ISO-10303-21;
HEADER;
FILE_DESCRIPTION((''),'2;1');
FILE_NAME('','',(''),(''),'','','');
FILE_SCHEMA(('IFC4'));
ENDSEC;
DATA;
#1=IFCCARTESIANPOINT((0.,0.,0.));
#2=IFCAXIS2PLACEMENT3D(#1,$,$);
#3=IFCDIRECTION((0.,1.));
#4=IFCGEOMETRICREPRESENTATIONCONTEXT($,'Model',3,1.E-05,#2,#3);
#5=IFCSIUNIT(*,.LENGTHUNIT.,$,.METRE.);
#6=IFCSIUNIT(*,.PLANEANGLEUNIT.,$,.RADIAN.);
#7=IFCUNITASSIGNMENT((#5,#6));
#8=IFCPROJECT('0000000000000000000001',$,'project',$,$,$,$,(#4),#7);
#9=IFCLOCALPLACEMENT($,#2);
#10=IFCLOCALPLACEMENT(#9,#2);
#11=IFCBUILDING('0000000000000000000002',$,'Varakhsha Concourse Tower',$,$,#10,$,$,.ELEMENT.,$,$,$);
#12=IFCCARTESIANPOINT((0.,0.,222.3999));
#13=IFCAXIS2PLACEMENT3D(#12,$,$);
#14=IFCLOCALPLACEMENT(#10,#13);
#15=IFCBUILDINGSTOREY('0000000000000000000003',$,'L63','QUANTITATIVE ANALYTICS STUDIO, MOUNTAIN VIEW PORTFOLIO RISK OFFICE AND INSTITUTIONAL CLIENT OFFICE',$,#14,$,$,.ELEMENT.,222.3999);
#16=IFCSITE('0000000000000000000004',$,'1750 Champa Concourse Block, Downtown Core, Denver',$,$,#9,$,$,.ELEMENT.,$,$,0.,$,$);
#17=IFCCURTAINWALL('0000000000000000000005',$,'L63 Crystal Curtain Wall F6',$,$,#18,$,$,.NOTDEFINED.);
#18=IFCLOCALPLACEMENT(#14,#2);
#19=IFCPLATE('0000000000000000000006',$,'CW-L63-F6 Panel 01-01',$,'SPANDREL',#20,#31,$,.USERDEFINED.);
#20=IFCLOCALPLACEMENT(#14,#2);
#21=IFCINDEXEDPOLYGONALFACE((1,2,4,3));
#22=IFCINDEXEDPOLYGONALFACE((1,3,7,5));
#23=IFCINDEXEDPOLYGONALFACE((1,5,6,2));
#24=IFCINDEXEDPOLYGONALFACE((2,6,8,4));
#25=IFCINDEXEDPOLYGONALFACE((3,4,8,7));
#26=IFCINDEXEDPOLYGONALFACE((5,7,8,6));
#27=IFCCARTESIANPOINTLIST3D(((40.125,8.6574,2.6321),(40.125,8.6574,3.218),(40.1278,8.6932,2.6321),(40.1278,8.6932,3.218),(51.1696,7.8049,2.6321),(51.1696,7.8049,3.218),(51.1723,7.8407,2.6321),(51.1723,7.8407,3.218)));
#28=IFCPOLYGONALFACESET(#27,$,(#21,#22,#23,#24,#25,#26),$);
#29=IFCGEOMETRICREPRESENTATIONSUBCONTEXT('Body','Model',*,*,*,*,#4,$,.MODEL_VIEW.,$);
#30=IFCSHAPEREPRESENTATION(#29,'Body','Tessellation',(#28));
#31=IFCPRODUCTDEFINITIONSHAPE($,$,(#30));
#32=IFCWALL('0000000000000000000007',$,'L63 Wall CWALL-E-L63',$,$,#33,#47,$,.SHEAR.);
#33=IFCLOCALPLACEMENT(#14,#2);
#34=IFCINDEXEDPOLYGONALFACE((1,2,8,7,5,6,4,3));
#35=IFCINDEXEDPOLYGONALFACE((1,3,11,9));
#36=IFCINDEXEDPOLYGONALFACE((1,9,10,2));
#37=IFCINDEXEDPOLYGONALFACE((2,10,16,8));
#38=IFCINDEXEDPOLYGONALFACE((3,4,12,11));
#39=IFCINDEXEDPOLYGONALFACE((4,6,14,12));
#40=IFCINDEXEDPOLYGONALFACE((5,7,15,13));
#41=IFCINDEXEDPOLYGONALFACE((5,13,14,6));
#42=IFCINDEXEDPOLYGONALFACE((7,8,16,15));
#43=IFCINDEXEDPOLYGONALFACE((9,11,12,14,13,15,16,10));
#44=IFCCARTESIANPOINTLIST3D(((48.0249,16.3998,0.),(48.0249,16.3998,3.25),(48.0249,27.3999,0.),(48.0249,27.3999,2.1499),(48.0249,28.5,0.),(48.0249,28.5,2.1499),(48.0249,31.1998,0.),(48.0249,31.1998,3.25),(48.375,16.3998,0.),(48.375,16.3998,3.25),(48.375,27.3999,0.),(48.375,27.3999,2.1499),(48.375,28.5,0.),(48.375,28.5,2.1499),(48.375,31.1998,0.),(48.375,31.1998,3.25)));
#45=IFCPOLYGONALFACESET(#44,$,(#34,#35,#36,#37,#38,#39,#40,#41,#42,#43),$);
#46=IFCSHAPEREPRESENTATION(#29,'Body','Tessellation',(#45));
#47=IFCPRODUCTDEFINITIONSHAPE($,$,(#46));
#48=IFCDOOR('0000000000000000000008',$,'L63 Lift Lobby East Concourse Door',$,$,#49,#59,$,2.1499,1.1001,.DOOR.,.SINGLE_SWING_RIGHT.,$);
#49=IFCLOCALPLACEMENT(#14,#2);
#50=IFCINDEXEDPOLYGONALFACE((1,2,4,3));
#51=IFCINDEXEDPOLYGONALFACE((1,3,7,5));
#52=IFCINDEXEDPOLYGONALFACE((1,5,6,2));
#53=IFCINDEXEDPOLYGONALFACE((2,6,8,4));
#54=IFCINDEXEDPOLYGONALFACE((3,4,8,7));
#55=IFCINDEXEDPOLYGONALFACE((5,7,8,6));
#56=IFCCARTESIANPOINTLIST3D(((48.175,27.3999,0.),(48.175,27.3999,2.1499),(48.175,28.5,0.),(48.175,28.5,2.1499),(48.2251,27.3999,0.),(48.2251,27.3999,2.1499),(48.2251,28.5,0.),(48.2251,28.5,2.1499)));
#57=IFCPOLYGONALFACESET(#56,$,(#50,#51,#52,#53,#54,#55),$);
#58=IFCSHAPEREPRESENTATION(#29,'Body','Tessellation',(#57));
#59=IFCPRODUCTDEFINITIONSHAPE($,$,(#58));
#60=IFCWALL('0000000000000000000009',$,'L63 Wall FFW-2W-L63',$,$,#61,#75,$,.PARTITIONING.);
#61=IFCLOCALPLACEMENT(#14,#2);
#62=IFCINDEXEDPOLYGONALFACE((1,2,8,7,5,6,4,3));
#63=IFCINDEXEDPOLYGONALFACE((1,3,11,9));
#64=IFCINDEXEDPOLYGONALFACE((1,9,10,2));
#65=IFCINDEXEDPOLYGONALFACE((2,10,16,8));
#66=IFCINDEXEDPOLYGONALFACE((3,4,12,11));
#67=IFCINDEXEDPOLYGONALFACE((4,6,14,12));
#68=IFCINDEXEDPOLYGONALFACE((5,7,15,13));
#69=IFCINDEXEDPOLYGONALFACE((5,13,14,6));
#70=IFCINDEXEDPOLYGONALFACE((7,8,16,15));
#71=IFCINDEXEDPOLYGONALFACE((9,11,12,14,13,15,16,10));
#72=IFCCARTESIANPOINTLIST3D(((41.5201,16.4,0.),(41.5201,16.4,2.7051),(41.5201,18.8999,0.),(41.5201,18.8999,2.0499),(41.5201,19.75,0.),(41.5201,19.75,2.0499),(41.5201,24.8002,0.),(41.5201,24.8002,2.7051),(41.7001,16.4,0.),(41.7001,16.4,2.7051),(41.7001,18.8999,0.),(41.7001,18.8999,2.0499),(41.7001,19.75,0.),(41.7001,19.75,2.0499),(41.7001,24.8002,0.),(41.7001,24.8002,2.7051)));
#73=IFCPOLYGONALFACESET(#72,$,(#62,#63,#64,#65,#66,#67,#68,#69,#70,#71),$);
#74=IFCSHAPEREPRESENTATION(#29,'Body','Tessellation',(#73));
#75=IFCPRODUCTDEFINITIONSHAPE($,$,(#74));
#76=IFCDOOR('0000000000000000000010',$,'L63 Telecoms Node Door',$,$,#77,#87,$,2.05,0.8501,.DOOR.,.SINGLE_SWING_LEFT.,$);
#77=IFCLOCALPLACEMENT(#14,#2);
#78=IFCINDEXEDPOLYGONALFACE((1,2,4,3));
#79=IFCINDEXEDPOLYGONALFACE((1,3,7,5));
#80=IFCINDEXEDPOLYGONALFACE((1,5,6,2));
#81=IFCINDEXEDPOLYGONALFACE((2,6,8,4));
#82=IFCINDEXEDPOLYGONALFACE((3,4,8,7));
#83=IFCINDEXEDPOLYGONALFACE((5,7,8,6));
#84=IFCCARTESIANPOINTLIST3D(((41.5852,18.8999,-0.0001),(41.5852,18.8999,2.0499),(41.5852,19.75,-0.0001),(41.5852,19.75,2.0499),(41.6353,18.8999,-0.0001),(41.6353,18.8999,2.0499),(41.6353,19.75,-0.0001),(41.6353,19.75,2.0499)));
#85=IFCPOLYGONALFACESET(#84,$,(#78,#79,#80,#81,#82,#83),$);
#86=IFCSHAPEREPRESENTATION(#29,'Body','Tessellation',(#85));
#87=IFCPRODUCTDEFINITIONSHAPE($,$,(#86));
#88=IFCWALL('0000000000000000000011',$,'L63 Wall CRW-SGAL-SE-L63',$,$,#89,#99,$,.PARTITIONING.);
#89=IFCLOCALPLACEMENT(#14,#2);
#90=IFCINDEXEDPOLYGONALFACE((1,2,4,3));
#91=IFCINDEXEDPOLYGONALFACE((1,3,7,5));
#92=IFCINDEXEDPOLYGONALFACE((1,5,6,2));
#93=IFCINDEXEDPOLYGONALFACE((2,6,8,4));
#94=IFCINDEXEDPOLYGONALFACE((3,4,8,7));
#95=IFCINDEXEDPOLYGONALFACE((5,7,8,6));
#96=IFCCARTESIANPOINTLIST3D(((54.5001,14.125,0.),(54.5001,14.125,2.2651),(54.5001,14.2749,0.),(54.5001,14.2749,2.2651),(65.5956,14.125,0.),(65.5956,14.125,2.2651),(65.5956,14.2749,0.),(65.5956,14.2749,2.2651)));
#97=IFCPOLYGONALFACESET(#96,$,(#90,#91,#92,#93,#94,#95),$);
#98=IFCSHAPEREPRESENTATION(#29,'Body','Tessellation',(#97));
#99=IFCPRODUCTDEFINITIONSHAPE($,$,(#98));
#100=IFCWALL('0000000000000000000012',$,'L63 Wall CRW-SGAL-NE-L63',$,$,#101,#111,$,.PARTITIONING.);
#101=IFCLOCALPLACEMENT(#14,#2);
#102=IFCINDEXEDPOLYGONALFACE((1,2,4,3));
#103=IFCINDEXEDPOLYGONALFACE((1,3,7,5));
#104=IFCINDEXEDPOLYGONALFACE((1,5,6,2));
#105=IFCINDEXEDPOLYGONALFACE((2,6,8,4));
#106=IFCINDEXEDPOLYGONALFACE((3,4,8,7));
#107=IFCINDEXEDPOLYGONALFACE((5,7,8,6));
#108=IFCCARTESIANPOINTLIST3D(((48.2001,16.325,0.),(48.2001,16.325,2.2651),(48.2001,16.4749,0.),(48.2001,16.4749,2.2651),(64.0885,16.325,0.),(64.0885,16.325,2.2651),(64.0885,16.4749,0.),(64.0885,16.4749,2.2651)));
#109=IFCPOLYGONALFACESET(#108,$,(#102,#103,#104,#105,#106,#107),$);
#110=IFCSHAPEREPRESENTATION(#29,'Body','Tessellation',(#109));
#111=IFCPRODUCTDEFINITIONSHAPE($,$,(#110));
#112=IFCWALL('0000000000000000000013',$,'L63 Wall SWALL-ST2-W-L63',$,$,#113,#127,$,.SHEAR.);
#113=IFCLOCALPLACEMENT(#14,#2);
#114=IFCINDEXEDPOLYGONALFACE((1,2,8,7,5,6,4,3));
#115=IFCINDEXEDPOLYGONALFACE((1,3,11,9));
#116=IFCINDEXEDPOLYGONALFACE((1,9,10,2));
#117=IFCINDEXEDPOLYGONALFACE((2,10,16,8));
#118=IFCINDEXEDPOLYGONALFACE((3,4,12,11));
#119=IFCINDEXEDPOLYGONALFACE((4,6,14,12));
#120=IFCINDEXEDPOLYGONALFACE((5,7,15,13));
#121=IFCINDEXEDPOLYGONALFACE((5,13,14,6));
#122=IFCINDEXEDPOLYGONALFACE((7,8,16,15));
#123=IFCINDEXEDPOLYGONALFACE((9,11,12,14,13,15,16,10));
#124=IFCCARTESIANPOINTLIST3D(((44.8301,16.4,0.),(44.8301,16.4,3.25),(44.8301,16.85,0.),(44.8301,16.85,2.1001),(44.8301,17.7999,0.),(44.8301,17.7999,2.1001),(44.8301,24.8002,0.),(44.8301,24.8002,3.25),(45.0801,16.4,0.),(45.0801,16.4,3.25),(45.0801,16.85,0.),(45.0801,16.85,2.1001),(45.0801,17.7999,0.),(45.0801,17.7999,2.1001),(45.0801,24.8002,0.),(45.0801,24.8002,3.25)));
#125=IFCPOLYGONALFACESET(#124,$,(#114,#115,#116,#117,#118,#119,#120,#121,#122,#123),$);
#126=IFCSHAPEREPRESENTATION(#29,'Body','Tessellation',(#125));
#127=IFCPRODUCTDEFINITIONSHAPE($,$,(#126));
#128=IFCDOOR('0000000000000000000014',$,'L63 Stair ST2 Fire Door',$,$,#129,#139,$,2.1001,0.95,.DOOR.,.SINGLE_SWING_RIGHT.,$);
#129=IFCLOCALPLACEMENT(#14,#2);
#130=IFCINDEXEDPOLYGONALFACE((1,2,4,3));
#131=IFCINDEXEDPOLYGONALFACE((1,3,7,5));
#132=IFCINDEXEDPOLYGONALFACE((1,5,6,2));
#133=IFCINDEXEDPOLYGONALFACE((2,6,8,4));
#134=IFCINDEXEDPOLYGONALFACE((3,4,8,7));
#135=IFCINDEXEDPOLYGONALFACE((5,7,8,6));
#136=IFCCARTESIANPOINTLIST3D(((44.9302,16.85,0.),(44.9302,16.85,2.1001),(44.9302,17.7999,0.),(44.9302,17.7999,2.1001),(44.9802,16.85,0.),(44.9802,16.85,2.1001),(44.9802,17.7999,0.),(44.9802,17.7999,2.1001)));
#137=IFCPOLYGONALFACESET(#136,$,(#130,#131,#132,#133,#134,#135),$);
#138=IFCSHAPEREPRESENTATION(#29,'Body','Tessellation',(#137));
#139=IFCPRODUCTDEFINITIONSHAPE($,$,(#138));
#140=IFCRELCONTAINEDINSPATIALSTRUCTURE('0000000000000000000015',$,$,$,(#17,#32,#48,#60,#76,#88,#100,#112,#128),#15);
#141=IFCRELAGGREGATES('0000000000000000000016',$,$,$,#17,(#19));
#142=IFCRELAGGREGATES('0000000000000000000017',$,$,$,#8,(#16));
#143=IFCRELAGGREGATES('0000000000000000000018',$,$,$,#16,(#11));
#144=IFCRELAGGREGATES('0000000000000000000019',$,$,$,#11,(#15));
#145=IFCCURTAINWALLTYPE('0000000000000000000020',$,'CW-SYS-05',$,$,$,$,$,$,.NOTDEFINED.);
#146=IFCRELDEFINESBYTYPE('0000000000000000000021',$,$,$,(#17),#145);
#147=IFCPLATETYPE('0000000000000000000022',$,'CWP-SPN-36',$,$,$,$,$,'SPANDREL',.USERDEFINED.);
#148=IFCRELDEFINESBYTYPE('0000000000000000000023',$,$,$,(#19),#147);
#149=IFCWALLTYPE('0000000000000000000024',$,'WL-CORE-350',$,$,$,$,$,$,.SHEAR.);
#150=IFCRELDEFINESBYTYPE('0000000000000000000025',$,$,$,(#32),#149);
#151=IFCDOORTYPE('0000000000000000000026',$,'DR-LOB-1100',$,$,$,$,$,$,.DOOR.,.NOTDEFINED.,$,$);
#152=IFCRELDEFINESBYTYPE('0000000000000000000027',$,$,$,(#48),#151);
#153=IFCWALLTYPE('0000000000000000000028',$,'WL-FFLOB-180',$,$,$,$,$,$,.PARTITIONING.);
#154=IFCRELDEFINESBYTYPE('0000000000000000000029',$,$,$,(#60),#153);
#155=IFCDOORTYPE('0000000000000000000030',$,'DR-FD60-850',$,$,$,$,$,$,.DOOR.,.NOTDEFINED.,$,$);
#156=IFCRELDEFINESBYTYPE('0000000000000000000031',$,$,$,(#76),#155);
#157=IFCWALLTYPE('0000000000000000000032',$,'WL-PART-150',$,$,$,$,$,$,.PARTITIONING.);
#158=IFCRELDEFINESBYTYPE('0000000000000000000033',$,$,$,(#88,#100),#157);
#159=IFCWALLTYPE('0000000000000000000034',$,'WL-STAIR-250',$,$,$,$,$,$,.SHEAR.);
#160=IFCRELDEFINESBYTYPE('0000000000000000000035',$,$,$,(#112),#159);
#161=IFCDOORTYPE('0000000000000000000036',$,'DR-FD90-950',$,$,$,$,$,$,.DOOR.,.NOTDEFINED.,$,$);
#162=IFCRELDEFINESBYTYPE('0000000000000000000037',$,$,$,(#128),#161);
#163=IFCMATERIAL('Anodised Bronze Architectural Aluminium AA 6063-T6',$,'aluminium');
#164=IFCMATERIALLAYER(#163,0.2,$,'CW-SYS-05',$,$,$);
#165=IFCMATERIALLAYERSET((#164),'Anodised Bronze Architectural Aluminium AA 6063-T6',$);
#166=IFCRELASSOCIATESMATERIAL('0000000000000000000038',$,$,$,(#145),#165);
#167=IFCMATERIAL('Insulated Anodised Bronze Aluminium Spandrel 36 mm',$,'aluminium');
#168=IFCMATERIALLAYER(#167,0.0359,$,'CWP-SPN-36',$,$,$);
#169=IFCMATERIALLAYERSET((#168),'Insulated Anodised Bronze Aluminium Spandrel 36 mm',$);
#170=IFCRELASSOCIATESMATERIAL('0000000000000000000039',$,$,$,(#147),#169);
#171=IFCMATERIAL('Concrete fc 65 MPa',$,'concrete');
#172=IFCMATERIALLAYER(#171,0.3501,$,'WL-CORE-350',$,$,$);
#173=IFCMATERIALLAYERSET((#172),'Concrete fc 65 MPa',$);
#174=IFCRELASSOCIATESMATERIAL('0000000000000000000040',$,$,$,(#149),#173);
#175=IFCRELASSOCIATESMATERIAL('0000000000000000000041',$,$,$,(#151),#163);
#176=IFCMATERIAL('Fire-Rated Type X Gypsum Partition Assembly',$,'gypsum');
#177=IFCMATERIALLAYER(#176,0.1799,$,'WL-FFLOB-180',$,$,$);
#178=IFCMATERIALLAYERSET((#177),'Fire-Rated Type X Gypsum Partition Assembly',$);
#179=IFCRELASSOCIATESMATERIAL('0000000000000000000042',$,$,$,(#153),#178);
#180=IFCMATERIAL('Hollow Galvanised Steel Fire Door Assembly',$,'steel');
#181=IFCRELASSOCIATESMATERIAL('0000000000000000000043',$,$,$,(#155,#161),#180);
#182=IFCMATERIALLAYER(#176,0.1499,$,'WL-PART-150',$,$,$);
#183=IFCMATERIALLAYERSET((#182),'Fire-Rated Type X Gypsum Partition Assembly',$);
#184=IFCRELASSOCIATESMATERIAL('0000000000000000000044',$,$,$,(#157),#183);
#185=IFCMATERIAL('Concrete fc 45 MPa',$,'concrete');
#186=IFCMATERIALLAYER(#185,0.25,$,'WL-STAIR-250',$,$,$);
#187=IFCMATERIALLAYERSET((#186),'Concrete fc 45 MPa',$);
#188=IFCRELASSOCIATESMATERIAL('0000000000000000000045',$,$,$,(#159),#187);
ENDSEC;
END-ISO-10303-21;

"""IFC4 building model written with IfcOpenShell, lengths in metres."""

from ifc_helpers import new_model, si_unit, direction, frame, frame_2d, origin, origin_2d, place, context, subcontext, project, spatial, rectangle, extrude, source, transform, mapped, material, layer, layer_set, type_object, type_shapes, element, fill, aggregate, save


model = new_model("IFC4")

# Units and contexts
model_context = context("Model", 3, precision=1e-05, world=origin(), true_north=direction((0.0, 1.0)))
body_context = subcontext(model_context, "Body", "Model", "MODEL_VIEW")
ifc_project = project(units=[si_unit("LENGTHUNIT", "METRE"), si_unit("PLANEANGLEUNIT", "RADIAN")], contexts=[model_context])

# Site, building, storey
site_placement = place(None, origin())
site = spatial("IfcSite", under=ifc_project, at=site_placement, Name="1750 Champa Concourse Block, Downtown Core, Denver", CompositionType="ELEMENT", RefElevation=0.0)
building_placement = place(site_placement, origin())
building = spatial("IfcBuilding", under=site, at=building_placement, Name="Varakhsha Concourse Tower", CompositionType="ELEMENT")
storey_placement = place(building_placement, frame((0.0, 0.0, 222.3999)))
storey = spatial("IfcBuildingStorey", under=building, at=storey_placement, Name="L63", Description="QUANTITATIVE ANALYTICS STUDIO, MOUNTAIN VIEW PORTFOLIO RISK OFFICE AND INSTITUTIONAL CLIENT OFFICE", CompositionType="ELEMENT", Elevation=222.3999)

# Shared definitions
ifc_material_1 = material(Name="Concrete fc 65 MPa", Category="concrete")

# Shared definitions
ifc_material_2 = material(Name="Anodised Bronze Architectural Aluminium AA 6063-T6", Category="aluminium")
ifc_layer_1 = layer(ifc_material_2, 0.2, Name="CW-SYS-05")
ifc_layer_set_1 = layer_set([ifc_layer_1], Name="Anodised Bronze Architectural Aluminium AA 6063-T6")
curtain_wall_type = type_object("IfcCurtainWallType", Name="CW-SYS-05", PredefinedType="NOTDEFINED", material=ifc_layer_set_1)

# Curtain wall
curtain_wall_1_placement = place(storey_placement, origin())
curtain_wall_1 = element("IfcCurtainWall", 1, at=curtain_wall_1_placement, inside=storey, type_object=curtain_wall_type, Name="L63 Crystal Curtain Wall F6", PredefinedType="NOTDEFINED")

# Plate
ifc_material_3 = material(Name="Insulated Anodised Bronze Aluminium Spandrel 36 mm", Category="aluminium")
ifc_layer_2 = layer(ifc_material_3, 0.0359, Name="CWP-SPN-36")
ifc_layer_set_2 = layer_set([ifc_layer_2], Name="Insulated Anodised Bronze Aluminium Spandrel 36 mm")
plate_type_1 = type_object("IfcPlateType", Name="CWP-SPN-36", ElementType="SPANDREL", PredefinedType="USERDEFINED", material=ifc_layer_set_2)
shared_shape_1 = source(origin(), body_context, "Body", "SweptSolid", [
    extrude(rectangle(XDim=11.0774, YDim=0.0359, at=origin_2d()), origin(), (0.0, 0.0, 1.0), 0.5859),
])
type_shapes(plate_type_1, [shared_shape_1])
plate_1_placement = place(storey_placement, frame((45.6487, 8.249, 2.6321), z_axis=(0.0, 0.0, 1.0), x_axis=(-0.997034, 0.076961, 0.0)))
plate_1 = element("IfcPlate", 2, at=plate_1_placement, type_object=plate_type_1, Name="CW-L63-F6 Panel 01-01", ObjectType="SPANDREL", PredefinedType="USERDEFINED", context=body_context, shape_type="MappedRepresentation", body=[
    mapped(shared_shape_1, transform((0.0, 0.0, 0.0), scale=1.0)),
])
aggregate(curtain_wall_1, [plate_1])

# Walls, openings, doors
ifc_layer_3 = layer(ifc_material_1, 0.3501, Name="WL-CORE-350")
ifc_layer_set_3 = layer_set([ifc_layer_3], Name="Concrete fc 65 MPa")
wall_type_1 = type_object("IfcWallType", Name="WL-CORE-350", PredefinedType="SHEAR", material=ifc_layer_set_3)
wall_1_placement = place(storey_placement, frame((48.2, 16.3999, 0.0), z_axis=(0.0, 0.0, 1.0), x_axis=(0.0, 1.0, 0.0)))
wall_1 = element("IfcWall", 3, at=wall_1_placement, inside=storey, type_object=wall_type_1, Name="L63 Wall CWALL-E-L63", PredefinedType="SHEAR", context=body_context, shape_type="SweptSolid", body=[
    extrude(rectangle(XDim=14.8, YDim=0.3501, at=frame_2d((7.3999, 0.0))), origin(), (0.0, 0.0, 1.0), 3.25),
])
opening_1_placement = place(wall_1_placement, frame((11.0, 0.0, 0.0)))
opening_1 = element("IfcOpeningElement", 4, at=opening_1_placement, cuts=wall_1, PredefinedType="OPENING", context=body_context, shape_type="SweptSolid", body=[
    extrude(rectangle(XDim=1.1001, YDim=2.1499, at=frame_2d((0.55, 1.075))), frame((0.0, 0.1851, 0.0), z_axis=(0.0, -1.0, 0.0), x_axis=(1.0, 0.0, 0.0)), (0.0, 0.0, 1.0), 0.3701),
])
door_type_1 = type_object("IfcDoorType", Name="DR-LOB-1100", OperationType="NOTDEFINED", PredefinedType="DOOR", material=ifc_material_2)
door_1_placement = place(opening_1_placement, origin())
door_1 = element("IfcDoor", 5, at=door_1_placement, inside=storey, type_object=door_type_1, Name="L63 Lift Lobby East Concourse Door", OperationType="SINGLE_SWING_RIGHT", OverallHeight=2.1499, OverallWidth=1.1001, PredefinedType="DOOR", context=body_context, shape_type="SweptSolid", body=[
    extrude(rectangle(XDim=1.1001, YDim=2.1499, at=frame_2d((0.55, 1.075))), frame((0.0, 0.0249, 0.0), z_axis=(0.0, -1.0, 0.0), x_axis=(1.0, 0.0, 0.0)), (0.0, 0.0, 1.0), 0.05),
])
fill(opening_1, door_1)
ifc_material_4 = material(Name="Fire-Rated Type X Gypsum Partition Assembly", Category="gypsum")
ifc_layer_4 = layer(ifc_material_4, 0.1799, Name="WL-FFLOB-180")
ifc_layer_set_4 = layer_set([ifc_layer_4], Name="Fire-Rated Type X Gypsum Partition Assembly")
wall_type_2 = type_object("IfcWallType", Name="WL-FFLOB-180", PredefinedType="PARTITIONING", material=ifc_layer_set_4)
wall_2_placement = place(storey_placement, frame((41.6101, 16.3999, 0.0), z_axis=(0.0, 0.0, 1.0), x_axis=(0.0, 1.0, 0.0)))
wall_2 = element("IfcWall", 6, at=wall_2_placement, inside=storey, type_object=wall_type_2, Name="L63 Wall FFW-2W-L63", PredefinedType="PARTITIONING", context=body_context, shape_type="SweptSolid", body=[
    extrude(rectangle(XDim=8.4001, YDim=0.1799, at=frame_2d((4.2002, 0.0))), origin(), (0.0, 0.0, 1.0), 2.7051),
])
opening_2_placement = place(wall_2_placement, frame((2.5, 0.0, 0.0)))
opening_2 = element("IfcOpeningElement", 7, at=opening_2_placement, cuts=wall_2, PredefinedType="OPENING", context=body_context, shape_type="SweptSolid", body=[
    extrude(rectangle(XDim=0.8501, YDim=2.05, at=frame_2d((0.425, 1.0249))), frame((0.0, 0.0999, 0.0), z_axis=(0.0, -1.0, 0.0), x_axis=(1.0, 0.0, 0.0)), (0.0, 0.0, 1.0), 0.2),
])
ifc_material_5 = material(Name="Hollow Galvanised Steel Fire Door Assembly", Category="steel")
door_type_2 = type_object("IfcDoorType", Name="DR-FD60-850", OperationType="NOTDEFINED", PredefinedType="DOOR", material=ifc_material_5)
door_2_placement = place(opening_2_placement, origin())
door_2 = element("IfcDoor", 8, at=door_2_placement, inside=storey, type_object=door_type_2, Name="L63 Telecoms Node Door", OperationType="SINGLE_SWING_LEFT", OverallHeight=2.05, OverallWidth=0.8501, PredefinedType="DOOR", context=body_context, shape_type="SweptSolid", body=[
    extrude(rectangle(XDim=0.8501, YDim=2.05, at=frame_2d((0.425, 1.0249))), frame((0.0, 0.0249, 0.0), z_axis=(0.0, -1.0, 0.0), x_axis=(1.0, 0.0, 0.0)), (0.0, 0.0, 1.0), 0.05),
])
fill(opening_2, door_2)

# Walls
ifc_layer_5 = layer(ifc_material_4, 0.1499, Name="WL-PART-150")
ifc_layer_set_5 = layer_set([ifc_layer_5], Name="Fire-Rated Type X Gypsum Partition Assembly")
wall_type_3 = type_object("IfcWallType", Name="WL-PART-150", PredefinedType="PARTITIONING", material=ifc_layer_set_5)
wall_3_placement = place(storey_placement, frame((54.5, 14.2, 0.0), z_axis=(0.0, 0.0, 1.0), x_axis=(1.0, 0.0, 0.0)))
element("IfcWall", 9, at=wall_3_placement, inside=storey, type_object=wall_type_3, Name="L63 Wall CRW-SGAL-SE-L63", PredefinedType="PARTITIONING", context=body_context, shape_type="SweptSolid", body=[
    extrude(rectangle(XDim=11.0955, YDim=0.1499, at=frame_2d((5.5479, 0.0))), origin(), (0.0, 0.0, 1.0), 2.2651),
])
wall_4_placement = place(storey_placement, frame((48.2, 16.3999, 0.0), z_axis=(0.0, 0.0, 1.0), x_axis=(1.0, 0.0, 0.0)))
element("IfcWall", 10, at=wall_4_placement, inside=storey, type_object=wall_type_3, Name="L63 Wall CRW-SGAL-NE-L63", PredefinedType="PARTITIONING", context=body_context, shape_type="SweptSolid", body=[
    extrude(rectangle(XDim=15.8884, YDim=0.1499, at=frame_2d((7.9443, 0.0))), origin(), (0.0, 0.0, 1.0), 2.2651),
])

# Wall, opening, door
ifc_material_6 = material(Name="Concrete fc 45 MPa", Category="concrete")
ifc_layer_6 = layer(ifc_material_6, 0.25, Name="WL-STAIR-250")
ifc_layer_set_6 = layer_set([ifc_layer_6], Name="Concrete fc 45 MPa")
wall_type_4 = type_object("IfcWallType", Name="WL-STAIR-250", PredefinedType="SHEAR", material=ifc_layer_set_6)
wall_5_placement = place(storey_placement, frame((44.9551, 16.3999, 0.0), z_axis=(0.0, 0.0, 1.0), x_axis=(0.0, 1.0, 0.0)))
wall_5 = element("IfcWall", 11, at=wall_5_placement, inside=storey, type_object=wall_type_4, Name="L63 Wall SWALL-ST2-W-L63", PredefinedType="SHEAR", context=body_context, shape_type="SweptSolid", body=[
    extrude(rectangle(XDim=8.4001, YDim=0.25, at=frame_2d((4.2002, 0.0))), origin(), (0.0, 0.0, 1.0), 3.25),
])
opening_3_placement = place(wall_5_placement, frame((0.45, 0.0, 0.0)))
opening_3 = element("IfcOpeningElement", 12, at=opening_3_placement, cuts=wall_5, PredefinedType="OPENING", context=body_context, shape_type="SweptSolid", body=[
    extrude(rectangle(XDim=0.95, YDim=2.1001, at=frame_2d((0.4751, 1.05))), frame((0.0, 0.135, 0.0), z_axis=(0.0, -1.0, 0.0), x_axis=(1.0, 0.0, 0.0)), (0.0, 0.0, 1.0), 0.27),
])
door_type_3 = type_object("IfcDoorType", Name="DR-FD90-950", OperationType="NOTDEFINED", PredefinedType="DOOR", material=ifc_material_5)
door_3_placement = place(opening_3_placement, origin())
door_3 = element("IfcDoor", 13, at=door_3_placement, inside=storey, type_object=door_type_3, Name="L63 Stair ST2 Fire Door", OperationType="SINGLE_SWING_RIGHT", OverallHeight=2.1001, OverallWidth=0.95, PredefinedType="DOOR", context=body_context, shape_type="SweptSolid", body=[
    extrude(rectangle(XDim=0.95, YDim=2.1001, at=frame_2d((0.4751, 1.05))), frame((0.0, 0.0249, 0.0), z_axis=(0.0, -1.0, 0.0), x_axis=(1.0, 0.0, 0.0)), (0.0, 0.0, 1.0), 0.05),
])
fill(opening_3, door_3)

save(model, "model.ifc")
